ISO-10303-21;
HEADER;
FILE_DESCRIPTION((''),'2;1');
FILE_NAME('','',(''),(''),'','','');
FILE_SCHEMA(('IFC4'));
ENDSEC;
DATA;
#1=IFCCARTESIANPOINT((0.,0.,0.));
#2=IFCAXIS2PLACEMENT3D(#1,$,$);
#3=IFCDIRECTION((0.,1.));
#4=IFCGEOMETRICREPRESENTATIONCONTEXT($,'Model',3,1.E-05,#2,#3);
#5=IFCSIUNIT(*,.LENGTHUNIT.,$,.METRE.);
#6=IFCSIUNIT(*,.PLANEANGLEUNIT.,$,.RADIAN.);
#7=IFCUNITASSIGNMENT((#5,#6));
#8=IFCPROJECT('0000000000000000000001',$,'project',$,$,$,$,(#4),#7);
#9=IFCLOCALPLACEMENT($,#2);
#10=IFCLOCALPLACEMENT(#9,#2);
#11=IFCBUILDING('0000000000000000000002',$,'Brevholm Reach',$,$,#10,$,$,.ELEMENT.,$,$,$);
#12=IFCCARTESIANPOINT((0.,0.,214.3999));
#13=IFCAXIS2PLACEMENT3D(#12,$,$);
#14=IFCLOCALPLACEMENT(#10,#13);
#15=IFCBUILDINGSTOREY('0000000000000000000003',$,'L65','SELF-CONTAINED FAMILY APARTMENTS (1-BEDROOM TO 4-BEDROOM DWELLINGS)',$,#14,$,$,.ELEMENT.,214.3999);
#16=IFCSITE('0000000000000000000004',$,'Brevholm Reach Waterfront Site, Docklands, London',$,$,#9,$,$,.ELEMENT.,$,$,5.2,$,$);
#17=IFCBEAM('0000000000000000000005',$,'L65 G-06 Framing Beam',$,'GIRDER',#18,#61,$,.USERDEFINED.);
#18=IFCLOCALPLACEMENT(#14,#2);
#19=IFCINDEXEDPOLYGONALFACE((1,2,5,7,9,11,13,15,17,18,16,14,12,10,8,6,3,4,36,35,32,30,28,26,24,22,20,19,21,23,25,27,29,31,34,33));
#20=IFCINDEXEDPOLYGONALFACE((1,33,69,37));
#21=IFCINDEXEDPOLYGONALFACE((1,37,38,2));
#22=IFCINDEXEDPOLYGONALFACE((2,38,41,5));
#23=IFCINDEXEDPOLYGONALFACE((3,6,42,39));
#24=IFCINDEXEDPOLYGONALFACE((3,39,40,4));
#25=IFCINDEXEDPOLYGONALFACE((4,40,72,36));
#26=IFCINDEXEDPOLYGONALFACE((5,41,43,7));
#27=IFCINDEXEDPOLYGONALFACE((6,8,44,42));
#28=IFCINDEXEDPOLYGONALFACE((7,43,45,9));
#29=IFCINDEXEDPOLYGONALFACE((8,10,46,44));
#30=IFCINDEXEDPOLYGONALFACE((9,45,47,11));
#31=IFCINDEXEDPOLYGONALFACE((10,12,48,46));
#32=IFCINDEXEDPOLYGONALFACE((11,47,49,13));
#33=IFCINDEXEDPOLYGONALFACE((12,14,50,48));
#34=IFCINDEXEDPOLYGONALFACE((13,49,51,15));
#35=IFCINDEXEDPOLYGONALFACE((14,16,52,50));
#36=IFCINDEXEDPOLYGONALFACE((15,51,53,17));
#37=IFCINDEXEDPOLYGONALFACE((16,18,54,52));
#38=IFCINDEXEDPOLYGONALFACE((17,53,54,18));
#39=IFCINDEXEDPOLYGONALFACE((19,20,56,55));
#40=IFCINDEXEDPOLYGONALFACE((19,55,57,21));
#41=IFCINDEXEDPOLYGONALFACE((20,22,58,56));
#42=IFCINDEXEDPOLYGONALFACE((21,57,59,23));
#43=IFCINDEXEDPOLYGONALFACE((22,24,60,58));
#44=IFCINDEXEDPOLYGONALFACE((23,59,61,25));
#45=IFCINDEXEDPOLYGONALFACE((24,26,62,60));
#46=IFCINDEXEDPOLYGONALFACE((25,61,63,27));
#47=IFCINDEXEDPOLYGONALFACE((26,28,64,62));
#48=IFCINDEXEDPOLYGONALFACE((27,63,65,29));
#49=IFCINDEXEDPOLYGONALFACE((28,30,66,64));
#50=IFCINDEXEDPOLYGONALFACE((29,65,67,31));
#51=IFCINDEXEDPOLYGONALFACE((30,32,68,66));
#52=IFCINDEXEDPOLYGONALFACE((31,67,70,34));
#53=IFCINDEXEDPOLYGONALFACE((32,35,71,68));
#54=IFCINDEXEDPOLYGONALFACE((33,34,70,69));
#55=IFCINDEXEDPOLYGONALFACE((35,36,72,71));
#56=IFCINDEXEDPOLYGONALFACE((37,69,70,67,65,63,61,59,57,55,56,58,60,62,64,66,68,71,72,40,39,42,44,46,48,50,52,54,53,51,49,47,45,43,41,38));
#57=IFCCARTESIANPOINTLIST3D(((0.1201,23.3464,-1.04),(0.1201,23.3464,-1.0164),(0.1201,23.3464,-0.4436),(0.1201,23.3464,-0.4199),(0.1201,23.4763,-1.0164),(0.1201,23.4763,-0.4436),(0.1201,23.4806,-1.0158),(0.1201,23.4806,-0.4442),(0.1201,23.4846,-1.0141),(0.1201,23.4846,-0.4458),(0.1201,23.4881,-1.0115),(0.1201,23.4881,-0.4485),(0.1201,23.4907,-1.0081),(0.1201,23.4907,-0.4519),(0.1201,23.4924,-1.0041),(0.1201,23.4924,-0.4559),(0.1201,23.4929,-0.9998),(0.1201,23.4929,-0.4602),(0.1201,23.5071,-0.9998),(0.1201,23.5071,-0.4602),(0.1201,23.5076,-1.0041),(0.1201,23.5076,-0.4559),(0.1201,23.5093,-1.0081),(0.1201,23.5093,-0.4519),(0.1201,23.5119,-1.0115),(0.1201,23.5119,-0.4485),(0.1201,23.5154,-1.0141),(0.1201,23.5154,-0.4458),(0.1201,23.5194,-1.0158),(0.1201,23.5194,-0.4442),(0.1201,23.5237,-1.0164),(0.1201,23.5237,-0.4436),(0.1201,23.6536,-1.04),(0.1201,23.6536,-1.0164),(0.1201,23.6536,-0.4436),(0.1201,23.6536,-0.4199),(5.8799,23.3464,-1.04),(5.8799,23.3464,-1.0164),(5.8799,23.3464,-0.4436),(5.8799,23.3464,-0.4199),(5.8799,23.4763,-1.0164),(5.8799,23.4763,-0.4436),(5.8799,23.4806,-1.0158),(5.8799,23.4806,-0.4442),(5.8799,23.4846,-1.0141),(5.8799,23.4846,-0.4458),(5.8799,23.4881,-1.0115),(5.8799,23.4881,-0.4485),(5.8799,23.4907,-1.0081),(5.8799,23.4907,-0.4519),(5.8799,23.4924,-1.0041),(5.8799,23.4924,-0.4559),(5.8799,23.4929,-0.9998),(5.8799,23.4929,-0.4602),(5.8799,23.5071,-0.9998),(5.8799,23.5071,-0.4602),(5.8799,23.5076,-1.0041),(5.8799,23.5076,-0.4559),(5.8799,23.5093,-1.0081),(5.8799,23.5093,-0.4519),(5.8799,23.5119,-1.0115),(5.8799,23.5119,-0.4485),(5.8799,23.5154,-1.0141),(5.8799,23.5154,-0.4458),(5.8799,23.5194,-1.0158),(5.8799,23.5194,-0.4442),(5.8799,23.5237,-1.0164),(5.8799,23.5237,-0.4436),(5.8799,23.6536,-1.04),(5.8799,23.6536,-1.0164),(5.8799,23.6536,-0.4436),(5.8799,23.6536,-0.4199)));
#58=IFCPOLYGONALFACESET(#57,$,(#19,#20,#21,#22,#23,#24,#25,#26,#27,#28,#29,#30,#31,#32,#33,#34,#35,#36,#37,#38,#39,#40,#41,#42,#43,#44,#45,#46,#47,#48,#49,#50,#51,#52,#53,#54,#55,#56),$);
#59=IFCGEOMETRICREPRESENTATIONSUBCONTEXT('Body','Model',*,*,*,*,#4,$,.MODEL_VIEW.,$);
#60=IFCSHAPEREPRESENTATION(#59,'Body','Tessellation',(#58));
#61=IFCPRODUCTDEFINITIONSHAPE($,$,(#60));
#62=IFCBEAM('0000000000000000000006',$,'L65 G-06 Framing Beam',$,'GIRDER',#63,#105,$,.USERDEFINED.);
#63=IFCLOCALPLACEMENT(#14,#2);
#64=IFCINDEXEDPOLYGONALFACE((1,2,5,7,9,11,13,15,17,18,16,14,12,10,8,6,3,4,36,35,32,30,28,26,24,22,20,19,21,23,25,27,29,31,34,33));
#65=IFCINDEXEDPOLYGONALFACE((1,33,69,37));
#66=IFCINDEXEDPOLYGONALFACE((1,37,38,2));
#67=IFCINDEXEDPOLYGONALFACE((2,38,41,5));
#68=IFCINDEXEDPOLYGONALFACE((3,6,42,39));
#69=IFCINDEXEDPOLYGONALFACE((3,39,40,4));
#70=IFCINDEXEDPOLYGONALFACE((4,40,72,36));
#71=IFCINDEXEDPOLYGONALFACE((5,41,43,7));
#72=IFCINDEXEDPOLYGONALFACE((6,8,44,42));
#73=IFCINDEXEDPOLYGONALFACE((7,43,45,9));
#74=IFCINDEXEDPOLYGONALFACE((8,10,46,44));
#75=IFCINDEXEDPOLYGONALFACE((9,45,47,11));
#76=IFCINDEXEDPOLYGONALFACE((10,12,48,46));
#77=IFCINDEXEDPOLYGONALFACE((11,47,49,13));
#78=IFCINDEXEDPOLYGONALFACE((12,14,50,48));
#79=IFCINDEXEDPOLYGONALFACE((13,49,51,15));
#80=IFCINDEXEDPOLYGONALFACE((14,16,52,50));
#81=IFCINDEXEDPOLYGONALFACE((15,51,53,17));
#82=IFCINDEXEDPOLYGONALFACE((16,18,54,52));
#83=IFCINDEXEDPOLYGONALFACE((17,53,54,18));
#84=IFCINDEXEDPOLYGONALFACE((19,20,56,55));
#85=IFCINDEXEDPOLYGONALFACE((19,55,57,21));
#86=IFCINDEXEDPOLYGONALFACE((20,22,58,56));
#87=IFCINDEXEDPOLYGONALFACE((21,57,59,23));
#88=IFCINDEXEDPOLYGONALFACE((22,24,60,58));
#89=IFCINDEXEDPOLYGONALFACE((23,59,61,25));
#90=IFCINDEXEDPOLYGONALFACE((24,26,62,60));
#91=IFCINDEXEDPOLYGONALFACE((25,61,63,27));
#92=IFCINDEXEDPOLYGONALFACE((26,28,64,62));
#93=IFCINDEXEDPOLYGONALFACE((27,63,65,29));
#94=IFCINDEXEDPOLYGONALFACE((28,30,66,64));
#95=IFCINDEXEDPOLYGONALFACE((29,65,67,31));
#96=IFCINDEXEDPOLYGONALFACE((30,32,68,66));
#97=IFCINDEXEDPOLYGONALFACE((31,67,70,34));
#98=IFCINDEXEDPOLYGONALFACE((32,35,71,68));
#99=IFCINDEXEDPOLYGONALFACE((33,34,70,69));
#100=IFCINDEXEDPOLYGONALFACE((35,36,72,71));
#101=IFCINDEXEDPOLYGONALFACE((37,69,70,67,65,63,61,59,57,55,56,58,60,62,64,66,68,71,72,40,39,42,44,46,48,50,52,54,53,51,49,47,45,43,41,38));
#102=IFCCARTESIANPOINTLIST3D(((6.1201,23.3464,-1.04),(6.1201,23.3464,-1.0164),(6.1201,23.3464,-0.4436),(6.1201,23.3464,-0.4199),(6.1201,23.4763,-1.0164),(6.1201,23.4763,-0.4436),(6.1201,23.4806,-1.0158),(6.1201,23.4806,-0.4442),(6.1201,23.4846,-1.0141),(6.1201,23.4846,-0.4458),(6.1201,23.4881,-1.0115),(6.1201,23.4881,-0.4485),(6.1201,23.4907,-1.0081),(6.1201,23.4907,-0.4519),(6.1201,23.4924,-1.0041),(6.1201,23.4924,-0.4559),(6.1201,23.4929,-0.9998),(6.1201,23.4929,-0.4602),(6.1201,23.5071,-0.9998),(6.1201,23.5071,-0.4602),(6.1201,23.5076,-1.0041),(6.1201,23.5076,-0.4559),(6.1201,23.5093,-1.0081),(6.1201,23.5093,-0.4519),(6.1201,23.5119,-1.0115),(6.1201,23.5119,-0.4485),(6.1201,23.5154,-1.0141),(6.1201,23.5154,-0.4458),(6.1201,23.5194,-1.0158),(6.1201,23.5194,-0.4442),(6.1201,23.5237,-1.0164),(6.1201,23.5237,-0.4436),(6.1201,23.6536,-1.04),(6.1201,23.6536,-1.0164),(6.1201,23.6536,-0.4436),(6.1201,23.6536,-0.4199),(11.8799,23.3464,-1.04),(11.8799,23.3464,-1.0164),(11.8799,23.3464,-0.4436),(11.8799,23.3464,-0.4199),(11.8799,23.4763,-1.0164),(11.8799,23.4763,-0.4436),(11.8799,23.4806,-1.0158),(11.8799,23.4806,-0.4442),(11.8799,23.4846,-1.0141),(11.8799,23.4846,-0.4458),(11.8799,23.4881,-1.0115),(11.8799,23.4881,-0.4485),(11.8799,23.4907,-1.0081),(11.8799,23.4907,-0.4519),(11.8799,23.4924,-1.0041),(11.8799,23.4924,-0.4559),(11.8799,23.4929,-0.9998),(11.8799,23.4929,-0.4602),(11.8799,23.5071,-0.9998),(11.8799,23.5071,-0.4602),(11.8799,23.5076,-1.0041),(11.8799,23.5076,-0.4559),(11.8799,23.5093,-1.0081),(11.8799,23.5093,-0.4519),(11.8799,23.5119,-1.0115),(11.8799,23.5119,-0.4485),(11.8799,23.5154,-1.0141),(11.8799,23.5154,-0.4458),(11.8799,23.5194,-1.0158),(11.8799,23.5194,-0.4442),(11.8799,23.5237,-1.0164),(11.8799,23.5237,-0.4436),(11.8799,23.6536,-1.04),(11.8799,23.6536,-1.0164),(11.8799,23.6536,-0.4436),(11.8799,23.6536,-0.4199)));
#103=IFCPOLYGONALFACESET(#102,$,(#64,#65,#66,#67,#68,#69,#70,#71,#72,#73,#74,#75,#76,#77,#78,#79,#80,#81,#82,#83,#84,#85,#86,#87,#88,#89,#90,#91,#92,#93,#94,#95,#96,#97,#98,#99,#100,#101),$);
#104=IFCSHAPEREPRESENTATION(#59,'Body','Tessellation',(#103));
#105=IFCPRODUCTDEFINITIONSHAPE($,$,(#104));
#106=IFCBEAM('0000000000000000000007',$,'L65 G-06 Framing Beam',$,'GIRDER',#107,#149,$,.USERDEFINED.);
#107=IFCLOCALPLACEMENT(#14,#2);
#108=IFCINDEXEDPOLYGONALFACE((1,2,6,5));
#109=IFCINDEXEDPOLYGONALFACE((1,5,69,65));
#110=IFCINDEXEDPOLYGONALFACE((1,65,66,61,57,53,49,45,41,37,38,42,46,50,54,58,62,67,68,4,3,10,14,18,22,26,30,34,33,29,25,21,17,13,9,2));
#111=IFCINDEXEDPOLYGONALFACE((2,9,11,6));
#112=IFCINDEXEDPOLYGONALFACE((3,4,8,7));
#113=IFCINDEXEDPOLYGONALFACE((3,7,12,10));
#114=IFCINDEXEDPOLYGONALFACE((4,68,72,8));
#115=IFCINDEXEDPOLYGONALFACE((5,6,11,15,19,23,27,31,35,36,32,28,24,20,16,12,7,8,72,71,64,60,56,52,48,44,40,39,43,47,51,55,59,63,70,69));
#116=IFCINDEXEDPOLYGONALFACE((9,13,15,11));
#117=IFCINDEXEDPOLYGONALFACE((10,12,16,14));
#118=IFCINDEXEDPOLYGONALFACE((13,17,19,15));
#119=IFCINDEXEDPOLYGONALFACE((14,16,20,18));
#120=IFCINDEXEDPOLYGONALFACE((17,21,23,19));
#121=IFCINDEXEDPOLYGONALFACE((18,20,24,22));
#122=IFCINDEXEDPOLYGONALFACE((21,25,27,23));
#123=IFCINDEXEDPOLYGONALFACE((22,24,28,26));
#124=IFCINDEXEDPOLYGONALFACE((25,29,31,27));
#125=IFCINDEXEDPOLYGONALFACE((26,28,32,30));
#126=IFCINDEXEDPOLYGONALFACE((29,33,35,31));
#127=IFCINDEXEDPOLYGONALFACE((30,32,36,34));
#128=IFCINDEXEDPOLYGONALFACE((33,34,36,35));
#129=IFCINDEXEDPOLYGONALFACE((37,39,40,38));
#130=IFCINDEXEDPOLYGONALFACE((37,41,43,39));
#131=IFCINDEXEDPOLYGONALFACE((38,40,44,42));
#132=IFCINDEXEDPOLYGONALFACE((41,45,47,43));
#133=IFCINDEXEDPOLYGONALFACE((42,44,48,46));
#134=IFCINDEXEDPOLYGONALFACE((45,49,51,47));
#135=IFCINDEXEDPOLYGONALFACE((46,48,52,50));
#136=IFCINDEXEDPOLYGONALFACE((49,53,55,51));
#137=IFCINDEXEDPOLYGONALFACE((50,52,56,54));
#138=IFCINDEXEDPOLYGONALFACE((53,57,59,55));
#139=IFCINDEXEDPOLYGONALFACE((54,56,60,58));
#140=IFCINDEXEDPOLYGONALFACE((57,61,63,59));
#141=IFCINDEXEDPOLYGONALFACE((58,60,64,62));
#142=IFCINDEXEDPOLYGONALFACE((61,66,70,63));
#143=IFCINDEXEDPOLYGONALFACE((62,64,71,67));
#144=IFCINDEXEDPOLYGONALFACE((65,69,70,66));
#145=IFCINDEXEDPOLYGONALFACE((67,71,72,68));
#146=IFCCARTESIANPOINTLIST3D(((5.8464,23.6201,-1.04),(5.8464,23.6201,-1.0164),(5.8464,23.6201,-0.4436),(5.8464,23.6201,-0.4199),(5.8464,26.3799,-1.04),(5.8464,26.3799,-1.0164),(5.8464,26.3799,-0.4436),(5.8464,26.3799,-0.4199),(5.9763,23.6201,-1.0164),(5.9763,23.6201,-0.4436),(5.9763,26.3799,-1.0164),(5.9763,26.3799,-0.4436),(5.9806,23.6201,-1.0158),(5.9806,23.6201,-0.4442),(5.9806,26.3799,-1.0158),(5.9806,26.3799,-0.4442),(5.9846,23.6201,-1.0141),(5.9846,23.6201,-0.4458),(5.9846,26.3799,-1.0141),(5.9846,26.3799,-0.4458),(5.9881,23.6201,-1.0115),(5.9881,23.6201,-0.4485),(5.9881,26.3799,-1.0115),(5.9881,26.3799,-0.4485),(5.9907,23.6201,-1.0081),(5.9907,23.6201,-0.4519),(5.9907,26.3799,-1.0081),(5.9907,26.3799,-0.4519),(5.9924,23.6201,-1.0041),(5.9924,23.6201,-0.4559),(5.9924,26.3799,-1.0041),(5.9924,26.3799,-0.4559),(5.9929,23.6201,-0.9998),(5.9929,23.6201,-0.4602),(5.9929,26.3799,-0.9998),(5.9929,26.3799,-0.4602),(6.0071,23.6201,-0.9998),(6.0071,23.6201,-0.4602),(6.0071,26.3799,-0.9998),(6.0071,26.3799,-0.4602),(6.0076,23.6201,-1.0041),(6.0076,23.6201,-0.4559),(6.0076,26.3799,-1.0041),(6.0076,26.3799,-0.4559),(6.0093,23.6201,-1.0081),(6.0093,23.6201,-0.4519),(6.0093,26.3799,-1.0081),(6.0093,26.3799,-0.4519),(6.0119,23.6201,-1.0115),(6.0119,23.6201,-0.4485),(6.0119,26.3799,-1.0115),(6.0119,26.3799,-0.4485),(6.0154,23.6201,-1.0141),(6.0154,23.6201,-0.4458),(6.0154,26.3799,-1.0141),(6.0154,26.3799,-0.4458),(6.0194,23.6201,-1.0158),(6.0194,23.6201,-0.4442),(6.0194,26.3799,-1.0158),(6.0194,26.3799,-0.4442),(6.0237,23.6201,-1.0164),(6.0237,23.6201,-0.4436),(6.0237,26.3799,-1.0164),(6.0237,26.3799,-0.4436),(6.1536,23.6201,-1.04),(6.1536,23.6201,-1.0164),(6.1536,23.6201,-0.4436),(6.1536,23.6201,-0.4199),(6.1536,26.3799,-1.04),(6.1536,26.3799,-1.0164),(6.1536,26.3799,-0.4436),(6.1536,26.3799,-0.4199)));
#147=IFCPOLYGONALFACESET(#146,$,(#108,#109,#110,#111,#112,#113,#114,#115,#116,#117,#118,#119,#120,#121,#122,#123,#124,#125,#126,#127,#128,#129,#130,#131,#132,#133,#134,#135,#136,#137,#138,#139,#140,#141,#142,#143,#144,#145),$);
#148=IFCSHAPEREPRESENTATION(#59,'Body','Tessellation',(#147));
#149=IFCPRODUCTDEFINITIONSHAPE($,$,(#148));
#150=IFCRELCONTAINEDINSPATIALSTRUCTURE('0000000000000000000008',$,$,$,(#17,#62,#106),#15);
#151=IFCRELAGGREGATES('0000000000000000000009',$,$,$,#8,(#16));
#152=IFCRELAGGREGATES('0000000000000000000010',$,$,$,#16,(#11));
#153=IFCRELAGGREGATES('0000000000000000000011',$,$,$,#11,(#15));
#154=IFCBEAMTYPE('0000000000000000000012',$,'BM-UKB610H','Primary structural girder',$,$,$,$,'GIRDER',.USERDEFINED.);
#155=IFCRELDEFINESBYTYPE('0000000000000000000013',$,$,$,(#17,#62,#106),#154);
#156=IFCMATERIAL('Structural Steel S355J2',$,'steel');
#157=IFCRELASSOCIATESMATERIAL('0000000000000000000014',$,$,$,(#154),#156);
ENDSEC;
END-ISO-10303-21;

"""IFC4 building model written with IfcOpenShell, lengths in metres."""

from ifc_helpers import new_model, si_unit, direction, frame, origin, origin_2d, place, context, subcontext, project, spatial, i_section, extrude, material, material_profile, profile_set, type_object, element, save


model = new_model("IFC4")

# Units and contexts
model_context = context("Model", 3, precision=1e-05, world=origin(), true_north=direction((0.0, 1.0)))
body_context = subcontext(model_context, "Body", "Model", "MODEL_VIEW")
ifc_project = project(units=[si_unit("LENGTHUNIT", "METRE"), si_unit("PLANEANGLEUNIT", "RADIAN")], contexts=[model_context])

# Site, building, storey
site_placement = place(None, origin())
site = spatial("IfcSite", under=ifc_project, at=site_placement, Name="Brevholm Reach Waterfront Site, Docklands, London", CompositionType="ELEMENT", RefElevation=5.2)
building_placement = place(site_placement, origin())
building = spatial("IfcBuilding", under=site, at=building_placement, Name="Brevholm Reach", CompositionType="ELEMENT")
storey_placement = place(building_placement, frame((0.0, 0.0, 214.3999)))
storey = spatial("IfcBuildingStorey", under=building, at=storey_placement, Name="L65", Description="SELF-CONTAINED FAMILY APARTMENTS (1-BEDROOM TO 4-BEDROOM DWELLINGS)", CompositionType="ELEMENT", Elevation=214.3999)

# Beams
ifc_material_1 = material(Name="Structural Steel S355J2", Category="steel")
ifc_material_profile_1 = material_profile(ifc_material_1, i_section(OverallWidth=0.3071, OverallDepth=0.6201, WebThickness=0.0142, FlangeThickness=0.0237, FilletRadius=0.0166, at=origin_2d()), Name="UKB 610x305x179")
ifc_profile_set_1 = profile_set([ifc_material_profile_1], Name="Structural Steel S355J2")
beam_type_1 = type_object("IfcBeamType", Name="BM-UKB610H", Description="Primary structural girder", ElementType="GIRDER", PredefinedType="USERDEFINED", material=ifc_profile_set_1)
for number, where, z_axis, x_axis, name in (
    (1, (0.1201, 23.5, -0.73), (1.0, 0.0, 0.0), (0.0, 1.0, 0.0), "L65 G-06 Framing Beam"),
    (2, (6.1201, 23.5, -0.73), (1.0, 0.0, 0.0), (0.0, 1.0, 0.0), "L65 G-06 Framing Beam"),
):
    element("IfcBeam", number, at=place(storey_placement, frame(where, z_axis=z_axis, x_axis=x_axis)), inside=storey, type_object=beam_type_1, Name=name, ObjectType="GIRDER", PredefinedType="USERDEFINED", context=body_context, shape_type="SweptSolid", body=[
        extrude(i_section(OverallWidth=0.3071, OverallDepth=0.6201, WebThickness=0.0142, FlangeThickness=0.0237, FilletRadius=0.0166, at=origin_2d()), origin(), (0.0, 0.0, 1.0), 5.7598),
    ])
beam_1_placement = place(storey_placement, frame((6.0, 23.6201, -0.73), z_axis=(0.0, 1.0, 0.0), x_axis=(-1.0, 0.0, 0.0)))
element("IfcBeam", 3, at=beam_1_placement, inside=storey, type_object=beam_type_1, Name="L65 G-06 Framing Beam", ObjectType="GIRDER", PredefinedType="USERDEFINED", context=body_context, shape_type="SweptSolid", body=[
    extrude(i_section(OverallWidth=0.3071, OverallDepth=0.6201, WebThickness=0.0142, FlangeThickness=0.0237, FilletRadius=0.0166, at=origin_2d()), origin(), (0.0, 0.0, 1.0), 2.7598),
])

save(model, "model.ifc")
